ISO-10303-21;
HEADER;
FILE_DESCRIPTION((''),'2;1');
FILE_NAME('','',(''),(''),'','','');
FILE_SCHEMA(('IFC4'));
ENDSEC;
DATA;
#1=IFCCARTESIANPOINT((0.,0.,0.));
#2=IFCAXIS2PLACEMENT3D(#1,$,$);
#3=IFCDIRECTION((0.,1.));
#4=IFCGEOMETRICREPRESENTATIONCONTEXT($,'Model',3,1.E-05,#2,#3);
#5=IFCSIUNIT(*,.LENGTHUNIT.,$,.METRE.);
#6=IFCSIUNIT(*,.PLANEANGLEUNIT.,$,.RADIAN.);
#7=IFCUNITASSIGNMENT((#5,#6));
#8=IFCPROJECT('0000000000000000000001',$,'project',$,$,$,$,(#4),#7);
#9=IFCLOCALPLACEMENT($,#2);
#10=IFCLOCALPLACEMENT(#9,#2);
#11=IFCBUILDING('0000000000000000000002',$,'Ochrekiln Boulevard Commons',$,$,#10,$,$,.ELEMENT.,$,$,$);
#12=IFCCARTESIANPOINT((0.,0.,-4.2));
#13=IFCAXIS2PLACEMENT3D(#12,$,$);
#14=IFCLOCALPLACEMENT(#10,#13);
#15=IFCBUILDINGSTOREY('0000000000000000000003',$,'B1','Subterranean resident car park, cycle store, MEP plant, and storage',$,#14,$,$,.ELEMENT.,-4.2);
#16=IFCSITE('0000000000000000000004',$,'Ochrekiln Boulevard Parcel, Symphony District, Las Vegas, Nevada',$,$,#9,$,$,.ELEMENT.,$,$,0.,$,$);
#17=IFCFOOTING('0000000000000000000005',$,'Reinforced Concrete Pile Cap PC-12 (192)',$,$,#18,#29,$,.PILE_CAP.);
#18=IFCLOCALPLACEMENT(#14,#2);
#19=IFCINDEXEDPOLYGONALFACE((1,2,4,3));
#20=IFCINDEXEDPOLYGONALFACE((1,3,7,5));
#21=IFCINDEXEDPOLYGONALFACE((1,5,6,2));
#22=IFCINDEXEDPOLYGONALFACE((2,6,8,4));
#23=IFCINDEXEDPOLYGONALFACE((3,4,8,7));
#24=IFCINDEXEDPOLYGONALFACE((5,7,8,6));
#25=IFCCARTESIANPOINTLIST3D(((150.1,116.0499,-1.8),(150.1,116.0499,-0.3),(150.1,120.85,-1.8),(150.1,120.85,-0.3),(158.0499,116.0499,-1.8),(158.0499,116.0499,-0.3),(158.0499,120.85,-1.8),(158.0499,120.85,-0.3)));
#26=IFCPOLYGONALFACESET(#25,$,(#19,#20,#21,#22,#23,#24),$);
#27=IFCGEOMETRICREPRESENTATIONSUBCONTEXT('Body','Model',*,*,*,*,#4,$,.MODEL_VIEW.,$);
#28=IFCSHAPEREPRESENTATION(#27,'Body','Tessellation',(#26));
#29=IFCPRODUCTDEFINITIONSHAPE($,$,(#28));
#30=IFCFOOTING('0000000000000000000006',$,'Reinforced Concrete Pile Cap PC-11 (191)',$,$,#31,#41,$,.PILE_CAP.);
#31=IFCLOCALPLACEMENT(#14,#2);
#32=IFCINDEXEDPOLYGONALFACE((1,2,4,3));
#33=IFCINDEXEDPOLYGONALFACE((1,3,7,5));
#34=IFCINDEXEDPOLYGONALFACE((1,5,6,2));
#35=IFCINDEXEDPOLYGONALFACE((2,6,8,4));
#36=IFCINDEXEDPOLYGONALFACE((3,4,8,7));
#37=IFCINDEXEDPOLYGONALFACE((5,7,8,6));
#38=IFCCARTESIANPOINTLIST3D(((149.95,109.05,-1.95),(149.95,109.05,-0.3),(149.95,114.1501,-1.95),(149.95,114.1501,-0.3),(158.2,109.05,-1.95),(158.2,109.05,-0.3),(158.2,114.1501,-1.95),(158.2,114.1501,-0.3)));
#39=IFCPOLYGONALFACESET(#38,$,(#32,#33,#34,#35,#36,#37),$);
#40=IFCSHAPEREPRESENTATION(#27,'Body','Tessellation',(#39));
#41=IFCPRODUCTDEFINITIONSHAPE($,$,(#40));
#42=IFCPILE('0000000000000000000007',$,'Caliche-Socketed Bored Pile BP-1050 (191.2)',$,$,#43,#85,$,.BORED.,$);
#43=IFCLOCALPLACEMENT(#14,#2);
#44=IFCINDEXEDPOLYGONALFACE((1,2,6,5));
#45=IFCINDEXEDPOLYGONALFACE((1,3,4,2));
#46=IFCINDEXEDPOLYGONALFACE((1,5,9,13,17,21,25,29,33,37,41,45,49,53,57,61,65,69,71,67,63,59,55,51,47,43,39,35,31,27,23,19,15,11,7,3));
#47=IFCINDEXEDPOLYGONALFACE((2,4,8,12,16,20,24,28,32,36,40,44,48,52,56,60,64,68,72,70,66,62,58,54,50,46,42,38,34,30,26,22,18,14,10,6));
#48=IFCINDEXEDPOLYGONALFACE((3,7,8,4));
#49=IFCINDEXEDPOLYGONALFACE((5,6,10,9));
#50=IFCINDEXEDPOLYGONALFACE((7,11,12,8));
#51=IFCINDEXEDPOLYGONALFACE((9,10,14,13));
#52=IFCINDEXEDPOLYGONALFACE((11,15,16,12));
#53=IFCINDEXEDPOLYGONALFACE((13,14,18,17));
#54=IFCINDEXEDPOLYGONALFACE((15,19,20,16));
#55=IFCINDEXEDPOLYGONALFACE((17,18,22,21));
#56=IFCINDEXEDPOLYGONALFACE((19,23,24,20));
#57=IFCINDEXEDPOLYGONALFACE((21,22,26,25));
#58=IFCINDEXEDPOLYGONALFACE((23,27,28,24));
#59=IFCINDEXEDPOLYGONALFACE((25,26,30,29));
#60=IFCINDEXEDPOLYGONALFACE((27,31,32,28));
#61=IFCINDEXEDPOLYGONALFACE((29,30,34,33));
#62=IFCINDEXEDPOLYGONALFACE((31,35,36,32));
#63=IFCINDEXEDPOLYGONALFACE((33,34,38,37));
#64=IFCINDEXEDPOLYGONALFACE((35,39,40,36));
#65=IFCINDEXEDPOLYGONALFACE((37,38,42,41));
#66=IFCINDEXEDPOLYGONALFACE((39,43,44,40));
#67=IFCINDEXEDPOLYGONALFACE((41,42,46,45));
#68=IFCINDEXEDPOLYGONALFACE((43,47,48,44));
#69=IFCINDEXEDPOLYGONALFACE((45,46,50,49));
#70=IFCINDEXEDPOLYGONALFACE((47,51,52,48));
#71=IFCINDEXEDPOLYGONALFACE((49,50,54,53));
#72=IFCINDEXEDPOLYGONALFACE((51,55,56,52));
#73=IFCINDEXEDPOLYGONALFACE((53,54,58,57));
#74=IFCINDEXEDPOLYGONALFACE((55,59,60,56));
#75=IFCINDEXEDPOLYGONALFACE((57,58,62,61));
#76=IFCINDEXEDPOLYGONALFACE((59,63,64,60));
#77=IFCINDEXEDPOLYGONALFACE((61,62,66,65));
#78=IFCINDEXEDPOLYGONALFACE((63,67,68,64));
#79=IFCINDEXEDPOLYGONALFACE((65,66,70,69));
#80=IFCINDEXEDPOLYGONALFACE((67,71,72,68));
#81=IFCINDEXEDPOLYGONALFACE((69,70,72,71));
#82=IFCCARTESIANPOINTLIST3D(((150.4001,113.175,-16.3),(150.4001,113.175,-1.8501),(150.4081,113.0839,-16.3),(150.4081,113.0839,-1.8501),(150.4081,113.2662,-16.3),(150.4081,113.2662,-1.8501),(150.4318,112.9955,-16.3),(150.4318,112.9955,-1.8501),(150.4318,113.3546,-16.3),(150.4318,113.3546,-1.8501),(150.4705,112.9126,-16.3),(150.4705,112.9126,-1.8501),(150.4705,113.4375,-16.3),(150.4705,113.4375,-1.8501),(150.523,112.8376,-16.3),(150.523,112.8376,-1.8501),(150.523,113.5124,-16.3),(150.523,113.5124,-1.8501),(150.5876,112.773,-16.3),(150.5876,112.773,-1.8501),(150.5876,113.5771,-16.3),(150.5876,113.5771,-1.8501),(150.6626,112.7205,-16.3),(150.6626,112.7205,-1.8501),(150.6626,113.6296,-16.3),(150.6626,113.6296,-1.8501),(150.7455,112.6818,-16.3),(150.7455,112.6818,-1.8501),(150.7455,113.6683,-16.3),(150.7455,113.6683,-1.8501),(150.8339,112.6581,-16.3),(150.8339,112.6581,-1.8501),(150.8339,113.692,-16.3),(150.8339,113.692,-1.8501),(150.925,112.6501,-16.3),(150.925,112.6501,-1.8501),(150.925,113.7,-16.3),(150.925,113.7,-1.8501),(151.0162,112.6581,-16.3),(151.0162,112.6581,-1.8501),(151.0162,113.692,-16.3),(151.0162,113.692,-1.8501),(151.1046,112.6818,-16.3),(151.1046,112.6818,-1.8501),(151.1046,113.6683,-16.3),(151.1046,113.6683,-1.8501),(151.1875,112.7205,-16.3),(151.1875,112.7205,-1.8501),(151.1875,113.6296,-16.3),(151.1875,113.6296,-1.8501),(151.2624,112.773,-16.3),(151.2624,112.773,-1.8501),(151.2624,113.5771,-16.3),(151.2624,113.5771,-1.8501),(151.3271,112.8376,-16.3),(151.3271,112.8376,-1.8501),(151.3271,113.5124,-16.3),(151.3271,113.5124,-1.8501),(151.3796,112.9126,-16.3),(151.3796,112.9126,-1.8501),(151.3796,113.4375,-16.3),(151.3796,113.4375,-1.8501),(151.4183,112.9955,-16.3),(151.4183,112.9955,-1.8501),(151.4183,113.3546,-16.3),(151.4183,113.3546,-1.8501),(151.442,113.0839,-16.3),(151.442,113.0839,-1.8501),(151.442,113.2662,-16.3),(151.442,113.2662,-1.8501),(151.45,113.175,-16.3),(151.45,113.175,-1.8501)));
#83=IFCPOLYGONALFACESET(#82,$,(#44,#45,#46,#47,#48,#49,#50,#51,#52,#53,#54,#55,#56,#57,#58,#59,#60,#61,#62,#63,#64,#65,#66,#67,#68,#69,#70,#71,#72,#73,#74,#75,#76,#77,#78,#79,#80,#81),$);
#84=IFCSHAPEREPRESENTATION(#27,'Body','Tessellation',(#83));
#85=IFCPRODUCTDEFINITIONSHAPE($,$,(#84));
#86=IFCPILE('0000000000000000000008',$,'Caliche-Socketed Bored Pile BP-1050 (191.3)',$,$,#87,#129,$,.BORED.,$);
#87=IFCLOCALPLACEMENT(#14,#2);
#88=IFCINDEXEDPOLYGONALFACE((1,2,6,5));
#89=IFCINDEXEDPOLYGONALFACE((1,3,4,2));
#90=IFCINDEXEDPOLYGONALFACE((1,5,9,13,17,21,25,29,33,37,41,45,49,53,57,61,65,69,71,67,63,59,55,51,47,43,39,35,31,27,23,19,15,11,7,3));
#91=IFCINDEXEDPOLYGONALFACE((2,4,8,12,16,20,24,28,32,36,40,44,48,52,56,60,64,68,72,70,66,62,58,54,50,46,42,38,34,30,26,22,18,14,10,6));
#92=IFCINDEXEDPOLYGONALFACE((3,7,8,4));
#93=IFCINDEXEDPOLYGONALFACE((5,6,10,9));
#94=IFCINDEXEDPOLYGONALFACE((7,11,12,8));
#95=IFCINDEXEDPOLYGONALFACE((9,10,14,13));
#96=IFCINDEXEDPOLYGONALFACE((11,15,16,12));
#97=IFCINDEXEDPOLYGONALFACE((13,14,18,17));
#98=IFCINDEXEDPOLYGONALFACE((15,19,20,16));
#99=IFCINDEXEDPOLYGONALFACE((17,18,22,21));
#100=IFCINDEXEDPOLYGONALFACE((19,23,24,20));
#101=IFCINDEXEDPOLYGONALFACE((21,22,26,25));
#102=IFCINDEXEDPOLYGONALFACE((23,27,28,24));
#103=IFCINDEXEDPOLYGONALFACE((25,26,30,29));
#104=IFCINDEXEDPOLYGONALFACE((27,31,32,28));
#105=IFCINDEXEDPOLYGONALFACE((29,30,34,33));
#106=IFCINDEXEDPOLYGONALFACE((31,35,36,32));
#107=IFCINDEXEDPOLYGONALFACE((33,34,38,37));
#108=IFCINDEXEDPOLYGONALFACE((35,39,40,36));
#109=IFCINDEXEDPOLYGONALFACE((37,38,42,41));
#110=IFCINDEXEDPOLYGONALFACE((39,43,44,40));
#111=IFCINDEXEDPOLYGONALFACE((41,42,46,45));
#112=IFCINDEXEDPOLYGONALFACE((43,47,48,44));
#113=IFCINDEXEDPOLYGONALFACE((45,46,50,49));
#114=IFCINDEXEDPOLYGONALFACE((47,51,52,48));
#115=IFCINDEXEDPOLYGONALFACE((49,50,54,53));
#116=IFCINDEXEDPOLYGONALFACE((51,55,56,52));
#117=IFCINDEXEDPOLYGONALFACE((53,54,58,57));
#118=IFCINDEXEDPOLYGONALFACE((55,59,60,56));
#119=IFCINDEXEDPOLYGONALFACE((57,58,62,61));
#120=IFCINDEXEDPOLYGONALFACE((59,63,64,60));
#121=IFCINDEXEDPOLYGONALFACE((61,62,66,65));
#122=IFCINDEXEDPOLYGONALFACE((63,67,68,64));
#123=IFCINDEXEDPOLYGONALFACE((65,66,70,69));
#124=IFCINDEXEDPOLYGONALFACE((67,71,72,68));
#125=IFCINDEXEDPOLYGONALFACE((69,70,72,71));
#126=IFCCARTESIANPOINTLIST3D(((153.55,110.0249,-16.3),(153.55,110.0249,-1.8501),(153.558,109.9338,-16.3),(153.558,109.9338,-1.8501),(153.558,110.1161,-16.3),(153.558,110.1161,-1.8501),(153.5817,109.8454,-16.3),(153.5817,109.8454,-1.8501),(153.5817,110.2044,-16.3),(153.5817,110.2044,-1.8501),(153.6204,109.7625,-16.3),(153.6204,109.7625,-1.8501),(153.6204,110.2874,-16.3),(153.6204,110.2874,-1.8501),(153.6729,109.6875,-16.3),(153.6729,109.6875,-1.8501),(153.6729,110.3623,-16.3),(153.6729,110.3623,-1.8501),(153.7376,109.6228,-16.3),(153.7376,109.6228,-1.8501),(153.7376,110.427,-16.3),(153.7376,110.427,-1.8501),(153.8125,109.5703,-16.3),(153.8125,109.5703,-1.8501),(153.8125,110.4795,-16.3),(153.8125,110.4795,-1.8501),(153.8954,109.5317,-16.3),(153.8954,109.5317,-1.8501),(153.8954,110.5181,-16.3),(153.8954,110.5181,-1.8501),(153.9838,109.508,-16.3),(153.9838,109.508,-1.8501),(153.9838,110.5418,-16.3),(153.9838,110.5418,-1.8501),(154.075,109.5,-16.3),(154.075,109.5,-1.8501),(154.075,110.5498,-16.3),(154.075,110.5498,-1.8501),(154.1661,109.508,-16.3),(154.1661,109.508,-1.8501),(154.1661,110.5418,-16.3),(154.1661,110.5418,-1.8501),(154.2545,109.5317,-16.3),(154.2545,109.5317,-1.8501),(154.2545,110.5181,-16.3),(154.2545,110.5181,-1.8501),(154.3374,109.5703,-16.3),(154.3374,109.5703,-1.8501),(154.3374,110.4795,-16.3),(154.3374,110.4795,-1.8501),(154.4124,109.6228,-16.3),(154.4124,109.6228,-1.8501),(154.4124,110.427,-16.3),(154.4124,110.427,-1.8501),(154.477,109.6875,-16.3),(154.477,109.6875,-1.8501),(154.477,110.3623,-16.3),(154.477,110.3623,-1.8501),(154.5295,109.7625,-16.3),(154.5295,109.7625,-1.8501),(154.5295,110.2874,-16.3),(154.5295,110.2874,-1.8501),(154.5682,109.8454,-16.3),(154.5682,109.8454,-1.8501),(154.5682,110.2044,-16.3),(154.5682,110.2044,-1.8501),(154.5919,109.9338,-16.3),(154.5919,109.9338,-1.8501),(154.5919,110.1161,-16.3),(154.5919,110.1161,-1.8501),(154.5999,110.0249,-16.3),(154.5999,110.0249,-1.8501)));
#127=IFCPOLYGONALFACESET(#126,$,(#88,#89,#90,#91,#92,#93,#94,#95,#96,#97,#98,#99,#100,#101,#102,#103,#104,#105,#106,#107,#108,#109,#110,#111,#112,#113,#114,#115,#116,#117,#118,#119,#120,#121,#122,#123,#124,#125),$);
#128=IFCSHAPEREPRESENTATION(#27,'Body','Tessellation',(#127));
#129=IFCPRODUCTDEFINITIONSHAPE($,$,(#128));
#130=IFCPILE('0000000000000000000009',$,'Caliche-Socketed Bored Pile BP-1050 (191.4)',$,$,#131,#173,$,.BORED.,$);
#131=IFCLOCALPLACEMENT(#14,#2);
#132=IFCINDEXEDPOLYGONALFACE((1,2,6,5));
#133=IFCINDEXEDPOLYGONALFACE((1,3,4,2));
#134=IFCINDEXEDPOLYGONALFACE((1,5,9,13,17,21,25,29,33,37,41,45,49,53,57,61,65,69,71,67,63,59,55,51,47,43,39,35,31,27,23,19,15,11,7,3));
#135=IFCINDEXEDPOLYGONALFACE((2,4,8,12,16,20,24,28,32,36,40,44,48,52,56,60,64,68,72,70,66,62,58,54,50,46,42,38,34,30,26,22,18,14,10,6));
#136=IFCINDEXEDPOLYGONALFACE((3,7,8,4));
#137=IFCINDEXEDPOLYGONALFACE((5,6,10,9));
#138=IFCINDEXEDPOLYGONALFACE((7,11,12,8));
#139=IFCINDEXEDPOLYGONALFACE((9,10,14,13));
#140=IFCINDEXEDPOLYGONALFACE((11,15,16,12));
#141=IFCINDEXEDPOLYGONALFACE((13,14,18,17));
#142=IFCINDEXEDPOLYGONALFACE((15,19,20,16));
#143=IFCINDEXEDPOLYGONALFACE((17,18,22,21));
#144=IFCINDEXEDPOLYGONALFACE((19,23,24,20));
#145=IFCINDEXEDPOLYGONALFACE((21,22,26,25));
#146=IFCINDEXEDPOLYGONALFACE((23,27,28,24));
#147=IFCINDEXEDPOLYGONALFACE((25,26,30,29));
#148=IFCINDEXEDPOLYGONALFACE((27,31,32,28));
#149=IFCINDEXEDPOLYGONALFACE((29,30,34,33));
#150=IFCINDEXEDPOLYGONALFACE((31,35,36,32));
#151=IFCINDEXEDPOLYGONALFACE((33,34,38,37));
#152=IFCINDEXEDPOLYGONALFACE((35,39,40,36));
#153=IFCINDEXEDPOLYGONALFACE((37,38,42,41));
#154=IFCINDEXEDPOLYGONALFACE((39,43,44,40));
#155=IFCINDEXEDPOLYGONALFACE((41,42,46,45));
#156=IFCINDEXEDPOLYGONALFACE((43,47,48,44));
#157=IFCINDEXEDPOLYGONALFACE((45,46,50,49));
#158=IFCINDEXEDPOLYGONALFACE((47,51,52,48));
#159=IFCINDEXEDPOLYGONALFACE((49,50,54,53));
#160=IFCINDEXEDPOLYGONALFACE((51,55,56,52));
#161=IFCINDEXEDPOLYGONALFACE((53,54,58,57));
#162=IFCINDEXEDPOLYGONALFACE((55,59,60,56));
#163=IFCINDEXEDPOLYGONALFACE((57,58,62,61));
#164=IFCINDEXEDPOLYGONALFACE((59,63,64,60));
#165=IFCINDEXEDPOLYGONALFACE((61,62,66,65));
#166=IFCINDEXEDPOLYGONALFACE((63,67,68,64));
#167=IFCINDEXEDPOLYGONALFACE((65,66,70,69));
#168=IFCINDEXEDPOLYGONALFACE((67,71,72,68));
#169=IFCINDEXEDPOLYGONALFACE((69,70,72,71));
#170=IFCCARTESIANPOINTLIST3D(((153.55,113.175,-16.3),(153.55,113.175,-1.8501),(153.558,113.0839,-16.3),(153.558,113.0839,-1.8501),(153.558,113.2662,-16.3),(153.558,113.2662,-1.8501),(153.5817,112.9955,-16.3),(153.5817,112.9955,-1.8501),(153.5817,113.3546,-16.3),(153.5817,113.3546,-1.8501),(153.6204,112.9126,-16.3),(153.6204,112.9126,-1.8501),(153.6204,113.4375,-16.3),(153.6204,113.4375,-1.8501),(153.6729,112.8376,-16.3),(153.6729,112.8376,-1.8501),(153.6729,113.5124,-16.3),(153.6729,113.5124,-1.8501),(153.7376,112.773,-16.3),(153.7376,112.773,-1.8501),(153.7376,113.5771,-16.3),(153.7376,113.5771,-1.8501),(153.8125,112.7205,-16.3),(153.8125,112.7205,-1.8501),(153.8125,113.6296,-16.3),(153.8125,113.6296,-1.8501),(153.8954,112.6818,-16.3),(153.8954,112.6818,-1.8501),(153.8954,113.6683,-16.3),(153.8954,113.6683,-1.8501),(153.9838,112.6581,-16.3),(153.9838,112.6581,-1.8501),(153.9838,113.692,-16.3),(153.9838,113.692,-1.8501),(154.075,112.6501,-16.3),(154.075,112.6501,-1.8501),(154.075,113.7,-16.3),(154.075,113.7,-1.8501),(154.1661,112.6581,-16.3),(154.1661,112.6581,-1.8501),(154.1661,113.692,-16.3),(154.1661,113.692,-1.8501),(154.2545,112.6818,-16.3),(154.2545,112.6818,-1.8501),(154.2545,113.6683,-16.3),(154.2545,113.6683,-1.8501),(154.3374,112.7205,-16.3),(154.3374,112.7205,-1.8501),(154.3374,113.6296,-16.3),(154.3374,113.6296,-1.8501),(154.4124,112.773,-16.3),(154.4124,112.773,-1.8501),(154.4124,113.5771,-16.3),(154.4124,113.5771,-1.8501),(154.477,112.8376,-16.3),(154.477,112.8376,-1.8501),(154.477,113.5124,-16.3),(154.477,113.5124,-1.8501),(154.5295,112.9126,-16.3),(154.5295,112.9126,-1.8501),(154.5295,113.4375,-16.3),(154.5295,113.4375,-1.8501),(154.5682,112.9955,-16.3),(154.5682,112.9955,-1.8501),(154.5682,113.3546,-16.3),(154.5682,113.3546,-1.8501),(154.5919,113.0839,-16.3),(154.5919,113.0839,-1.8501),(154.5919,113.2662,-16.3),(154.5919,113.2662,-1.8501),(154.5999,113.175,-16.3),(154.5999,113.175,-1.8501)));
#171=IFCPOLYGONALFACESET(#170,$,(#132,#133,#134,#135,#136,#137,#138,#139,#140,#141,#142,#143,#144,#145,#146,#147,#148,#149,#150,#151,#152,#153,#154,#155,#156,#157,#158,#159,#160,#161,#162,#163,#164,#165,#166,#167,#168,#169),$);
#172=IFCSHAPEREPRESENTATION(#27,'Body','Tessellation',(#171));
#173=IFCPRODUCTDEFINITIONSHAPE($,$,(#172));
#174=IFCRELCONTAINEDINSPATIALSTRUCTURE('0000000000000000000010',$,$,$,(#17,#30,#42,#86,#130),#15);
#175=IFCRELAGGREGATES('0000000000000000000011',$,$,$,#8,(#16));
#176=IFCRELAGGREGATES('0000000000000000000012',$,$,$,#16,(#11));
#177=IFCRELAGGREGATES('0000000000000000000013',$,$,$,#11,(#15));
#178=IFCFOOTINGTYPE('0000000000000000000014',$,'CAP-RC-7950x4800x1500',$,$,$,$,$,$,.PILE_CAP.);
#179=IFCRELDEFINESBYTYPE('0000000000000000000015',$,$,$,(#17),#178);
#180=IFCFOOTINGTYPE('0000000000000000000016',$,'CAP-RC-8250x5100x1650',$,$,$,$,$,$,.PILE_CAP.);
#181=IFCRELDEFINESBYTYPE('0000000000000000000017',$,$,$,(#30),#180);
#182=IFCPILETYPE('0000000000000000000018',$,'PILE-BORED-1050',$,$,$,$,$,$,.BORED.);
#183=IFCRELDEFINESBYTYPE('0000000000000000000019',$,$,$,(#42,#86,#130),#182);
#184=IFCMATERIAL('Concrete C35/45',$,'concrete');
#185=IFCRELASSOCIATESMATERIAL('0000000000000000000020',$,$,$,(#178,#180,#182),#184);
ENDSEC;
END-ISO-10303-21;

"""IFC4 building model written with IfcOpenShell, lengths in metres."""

from ifc_helpers import new_model, si_unit, direction, frame, origin, origin_2d, place, context, subcontext, project, spatial, rectangle, circle, extrude, material, material_profile, profile_set, type_object, element, save


model = new_model("IFC4")

# Units and contexts
model_context = context("Model", 3, precision=1e-05, world=origin(), true_north=direction((0.0, 1.0)))
body_context = subcontext(model_context, "Body", "Model", "MODEL_VIEW")
ifc_project = project(units=[si_unit("LENGTHUNIT", "METRE"), si_unit("PLANEANGLEUNIT", "RADIAN")], contexts=[model_context])

# Site, building, storey
site_placement = place(None, origin())
site = spatial("IfcSite", under=ifc_project, at=site_placement, Name="Ochrekiln Boulevard Parcel, Symphony District, Las Vegas, Nevada", CompositionType="ELEMENT", RefElevation=0.0)
building_placement = place(site_placement, origin())
building = spatial("IfcBuilding", under=site, at=building_placement, Name="Ochrekiln Boulevard Commons", CompositionType="ELEMENT")
storey_placement = place(building_placement, frame((0.0, 0.0, -4.2)))
storey = spatial("IfcBuildingStorey", under=building, at=storey_placement, Name="B1", Description="Subterranean resident car park, cycle store, MEP plant, and storage", CompositionType="ELEMENT", Elevation=-4.2)

# Footings
ifc_material_1 = material(Name="Concrete C35/45", Category="concrete")
footing_type_1 = type_object("IfcFootingType", Name="CAP-RC-7950x4800x1500", PredefinedType="PILE_CAP", material=ifc_material_1)
footing_1_placement = place(storey_placement, frame((154.075, 118.45, -1.8), z_axis=(0.0, 0.0, 1.0), x_axis=(1.0, 0.0, 0.0)))
element("IfcFooting", 1, at=footing_1_placement, inside=storey, type_object=footing_type_1, Name="Reinforced Concrete Pile Cap PC-12 (192)", PredefinedType="PILE_CAP", context=body_context, shape_type="SweptSolid", body=[
    extrude(rectangle(XDim=7.95, YDim=4.8, at=origin_2d()), origin(), (0.0, 0.0, 1.0), 1.5),
])
footing_type_2 = type_object("IfcFootingType", Name="CAP-RC-8250x5100x1650", PredefinedType="PILE_CAP", material=ifc_material_1)
footing_2_placement = place(storey_placement, frame((154.075, 111.6001, -1.95), z_axis=(0.0, 0.0, 1.0), x_axis=(1.0, 0.0, 0.0)))
element("IfcFooting", 2, at=footing_2_placement, inside=storey, type_object=footing_type_2, Name="Reinforced Concrete Pile Cap PC-11 (191)", PredefinedType="PILE_CAP", context=body_context, shape_type="SweptSolid", body=[
    extrude(rectangle(XDim=8.25, YDim=5.1001, at=origin_2d()), origin(), (0.0, 0.0, 1.0), 1.6499),
])

# Piles
ifc_material_profile_1 = material_profile(ifc_material_1, circle(Radius=0.5249, at=origin_2d()), Name="PILE-D1050")
ifc_profile_set_1 = profile_set([ifc_material_profile_1], Name="Concrete C35/45")
pile_type = type_object("IfcPileType", Name="PILE-BORED-1050", PredefinedType="BORED", material=ifc_profile_set_1)
for number, where, z_axis, x_axis, name in (
    (3, (150.925, 113.175, -1.8501), (0.0, 0.0, -1.0), (1.0, 0.0, 0.0), "Caliche-Socketed Bored Pile BP-1050 (191.2)"),
    (4, (154.075, 110.0249, -1.8501), (0.0, 0.0, -1.0), (1.0, 0.0, 0.0), "Caliche-Socketed Bored Pile BP-1050 (191.3)"),
    (5, (154.075, 113.175, -1.8501), (0.0, 0.0, -1.0), (1.0, 0.0, 0.0), "Caliche-Socketed Bored Pile BP-1050 (191.4)"),
):
    element("IfcPile", number, at=place(storey_placement, frame(where, z_axis=z_axis, x_axis=x_axis)), inside=storey, type_object=pile_type, Name=name, PredefinedType="BORED", context=body_context, shape_type="SweptSolid", body=[
        extrude(circle(Radius=0.5249, at=origin_2d()), origin(), (0.0, 0.0, 1.0), 14.45),
    ])

save(model, "model.ifc")
